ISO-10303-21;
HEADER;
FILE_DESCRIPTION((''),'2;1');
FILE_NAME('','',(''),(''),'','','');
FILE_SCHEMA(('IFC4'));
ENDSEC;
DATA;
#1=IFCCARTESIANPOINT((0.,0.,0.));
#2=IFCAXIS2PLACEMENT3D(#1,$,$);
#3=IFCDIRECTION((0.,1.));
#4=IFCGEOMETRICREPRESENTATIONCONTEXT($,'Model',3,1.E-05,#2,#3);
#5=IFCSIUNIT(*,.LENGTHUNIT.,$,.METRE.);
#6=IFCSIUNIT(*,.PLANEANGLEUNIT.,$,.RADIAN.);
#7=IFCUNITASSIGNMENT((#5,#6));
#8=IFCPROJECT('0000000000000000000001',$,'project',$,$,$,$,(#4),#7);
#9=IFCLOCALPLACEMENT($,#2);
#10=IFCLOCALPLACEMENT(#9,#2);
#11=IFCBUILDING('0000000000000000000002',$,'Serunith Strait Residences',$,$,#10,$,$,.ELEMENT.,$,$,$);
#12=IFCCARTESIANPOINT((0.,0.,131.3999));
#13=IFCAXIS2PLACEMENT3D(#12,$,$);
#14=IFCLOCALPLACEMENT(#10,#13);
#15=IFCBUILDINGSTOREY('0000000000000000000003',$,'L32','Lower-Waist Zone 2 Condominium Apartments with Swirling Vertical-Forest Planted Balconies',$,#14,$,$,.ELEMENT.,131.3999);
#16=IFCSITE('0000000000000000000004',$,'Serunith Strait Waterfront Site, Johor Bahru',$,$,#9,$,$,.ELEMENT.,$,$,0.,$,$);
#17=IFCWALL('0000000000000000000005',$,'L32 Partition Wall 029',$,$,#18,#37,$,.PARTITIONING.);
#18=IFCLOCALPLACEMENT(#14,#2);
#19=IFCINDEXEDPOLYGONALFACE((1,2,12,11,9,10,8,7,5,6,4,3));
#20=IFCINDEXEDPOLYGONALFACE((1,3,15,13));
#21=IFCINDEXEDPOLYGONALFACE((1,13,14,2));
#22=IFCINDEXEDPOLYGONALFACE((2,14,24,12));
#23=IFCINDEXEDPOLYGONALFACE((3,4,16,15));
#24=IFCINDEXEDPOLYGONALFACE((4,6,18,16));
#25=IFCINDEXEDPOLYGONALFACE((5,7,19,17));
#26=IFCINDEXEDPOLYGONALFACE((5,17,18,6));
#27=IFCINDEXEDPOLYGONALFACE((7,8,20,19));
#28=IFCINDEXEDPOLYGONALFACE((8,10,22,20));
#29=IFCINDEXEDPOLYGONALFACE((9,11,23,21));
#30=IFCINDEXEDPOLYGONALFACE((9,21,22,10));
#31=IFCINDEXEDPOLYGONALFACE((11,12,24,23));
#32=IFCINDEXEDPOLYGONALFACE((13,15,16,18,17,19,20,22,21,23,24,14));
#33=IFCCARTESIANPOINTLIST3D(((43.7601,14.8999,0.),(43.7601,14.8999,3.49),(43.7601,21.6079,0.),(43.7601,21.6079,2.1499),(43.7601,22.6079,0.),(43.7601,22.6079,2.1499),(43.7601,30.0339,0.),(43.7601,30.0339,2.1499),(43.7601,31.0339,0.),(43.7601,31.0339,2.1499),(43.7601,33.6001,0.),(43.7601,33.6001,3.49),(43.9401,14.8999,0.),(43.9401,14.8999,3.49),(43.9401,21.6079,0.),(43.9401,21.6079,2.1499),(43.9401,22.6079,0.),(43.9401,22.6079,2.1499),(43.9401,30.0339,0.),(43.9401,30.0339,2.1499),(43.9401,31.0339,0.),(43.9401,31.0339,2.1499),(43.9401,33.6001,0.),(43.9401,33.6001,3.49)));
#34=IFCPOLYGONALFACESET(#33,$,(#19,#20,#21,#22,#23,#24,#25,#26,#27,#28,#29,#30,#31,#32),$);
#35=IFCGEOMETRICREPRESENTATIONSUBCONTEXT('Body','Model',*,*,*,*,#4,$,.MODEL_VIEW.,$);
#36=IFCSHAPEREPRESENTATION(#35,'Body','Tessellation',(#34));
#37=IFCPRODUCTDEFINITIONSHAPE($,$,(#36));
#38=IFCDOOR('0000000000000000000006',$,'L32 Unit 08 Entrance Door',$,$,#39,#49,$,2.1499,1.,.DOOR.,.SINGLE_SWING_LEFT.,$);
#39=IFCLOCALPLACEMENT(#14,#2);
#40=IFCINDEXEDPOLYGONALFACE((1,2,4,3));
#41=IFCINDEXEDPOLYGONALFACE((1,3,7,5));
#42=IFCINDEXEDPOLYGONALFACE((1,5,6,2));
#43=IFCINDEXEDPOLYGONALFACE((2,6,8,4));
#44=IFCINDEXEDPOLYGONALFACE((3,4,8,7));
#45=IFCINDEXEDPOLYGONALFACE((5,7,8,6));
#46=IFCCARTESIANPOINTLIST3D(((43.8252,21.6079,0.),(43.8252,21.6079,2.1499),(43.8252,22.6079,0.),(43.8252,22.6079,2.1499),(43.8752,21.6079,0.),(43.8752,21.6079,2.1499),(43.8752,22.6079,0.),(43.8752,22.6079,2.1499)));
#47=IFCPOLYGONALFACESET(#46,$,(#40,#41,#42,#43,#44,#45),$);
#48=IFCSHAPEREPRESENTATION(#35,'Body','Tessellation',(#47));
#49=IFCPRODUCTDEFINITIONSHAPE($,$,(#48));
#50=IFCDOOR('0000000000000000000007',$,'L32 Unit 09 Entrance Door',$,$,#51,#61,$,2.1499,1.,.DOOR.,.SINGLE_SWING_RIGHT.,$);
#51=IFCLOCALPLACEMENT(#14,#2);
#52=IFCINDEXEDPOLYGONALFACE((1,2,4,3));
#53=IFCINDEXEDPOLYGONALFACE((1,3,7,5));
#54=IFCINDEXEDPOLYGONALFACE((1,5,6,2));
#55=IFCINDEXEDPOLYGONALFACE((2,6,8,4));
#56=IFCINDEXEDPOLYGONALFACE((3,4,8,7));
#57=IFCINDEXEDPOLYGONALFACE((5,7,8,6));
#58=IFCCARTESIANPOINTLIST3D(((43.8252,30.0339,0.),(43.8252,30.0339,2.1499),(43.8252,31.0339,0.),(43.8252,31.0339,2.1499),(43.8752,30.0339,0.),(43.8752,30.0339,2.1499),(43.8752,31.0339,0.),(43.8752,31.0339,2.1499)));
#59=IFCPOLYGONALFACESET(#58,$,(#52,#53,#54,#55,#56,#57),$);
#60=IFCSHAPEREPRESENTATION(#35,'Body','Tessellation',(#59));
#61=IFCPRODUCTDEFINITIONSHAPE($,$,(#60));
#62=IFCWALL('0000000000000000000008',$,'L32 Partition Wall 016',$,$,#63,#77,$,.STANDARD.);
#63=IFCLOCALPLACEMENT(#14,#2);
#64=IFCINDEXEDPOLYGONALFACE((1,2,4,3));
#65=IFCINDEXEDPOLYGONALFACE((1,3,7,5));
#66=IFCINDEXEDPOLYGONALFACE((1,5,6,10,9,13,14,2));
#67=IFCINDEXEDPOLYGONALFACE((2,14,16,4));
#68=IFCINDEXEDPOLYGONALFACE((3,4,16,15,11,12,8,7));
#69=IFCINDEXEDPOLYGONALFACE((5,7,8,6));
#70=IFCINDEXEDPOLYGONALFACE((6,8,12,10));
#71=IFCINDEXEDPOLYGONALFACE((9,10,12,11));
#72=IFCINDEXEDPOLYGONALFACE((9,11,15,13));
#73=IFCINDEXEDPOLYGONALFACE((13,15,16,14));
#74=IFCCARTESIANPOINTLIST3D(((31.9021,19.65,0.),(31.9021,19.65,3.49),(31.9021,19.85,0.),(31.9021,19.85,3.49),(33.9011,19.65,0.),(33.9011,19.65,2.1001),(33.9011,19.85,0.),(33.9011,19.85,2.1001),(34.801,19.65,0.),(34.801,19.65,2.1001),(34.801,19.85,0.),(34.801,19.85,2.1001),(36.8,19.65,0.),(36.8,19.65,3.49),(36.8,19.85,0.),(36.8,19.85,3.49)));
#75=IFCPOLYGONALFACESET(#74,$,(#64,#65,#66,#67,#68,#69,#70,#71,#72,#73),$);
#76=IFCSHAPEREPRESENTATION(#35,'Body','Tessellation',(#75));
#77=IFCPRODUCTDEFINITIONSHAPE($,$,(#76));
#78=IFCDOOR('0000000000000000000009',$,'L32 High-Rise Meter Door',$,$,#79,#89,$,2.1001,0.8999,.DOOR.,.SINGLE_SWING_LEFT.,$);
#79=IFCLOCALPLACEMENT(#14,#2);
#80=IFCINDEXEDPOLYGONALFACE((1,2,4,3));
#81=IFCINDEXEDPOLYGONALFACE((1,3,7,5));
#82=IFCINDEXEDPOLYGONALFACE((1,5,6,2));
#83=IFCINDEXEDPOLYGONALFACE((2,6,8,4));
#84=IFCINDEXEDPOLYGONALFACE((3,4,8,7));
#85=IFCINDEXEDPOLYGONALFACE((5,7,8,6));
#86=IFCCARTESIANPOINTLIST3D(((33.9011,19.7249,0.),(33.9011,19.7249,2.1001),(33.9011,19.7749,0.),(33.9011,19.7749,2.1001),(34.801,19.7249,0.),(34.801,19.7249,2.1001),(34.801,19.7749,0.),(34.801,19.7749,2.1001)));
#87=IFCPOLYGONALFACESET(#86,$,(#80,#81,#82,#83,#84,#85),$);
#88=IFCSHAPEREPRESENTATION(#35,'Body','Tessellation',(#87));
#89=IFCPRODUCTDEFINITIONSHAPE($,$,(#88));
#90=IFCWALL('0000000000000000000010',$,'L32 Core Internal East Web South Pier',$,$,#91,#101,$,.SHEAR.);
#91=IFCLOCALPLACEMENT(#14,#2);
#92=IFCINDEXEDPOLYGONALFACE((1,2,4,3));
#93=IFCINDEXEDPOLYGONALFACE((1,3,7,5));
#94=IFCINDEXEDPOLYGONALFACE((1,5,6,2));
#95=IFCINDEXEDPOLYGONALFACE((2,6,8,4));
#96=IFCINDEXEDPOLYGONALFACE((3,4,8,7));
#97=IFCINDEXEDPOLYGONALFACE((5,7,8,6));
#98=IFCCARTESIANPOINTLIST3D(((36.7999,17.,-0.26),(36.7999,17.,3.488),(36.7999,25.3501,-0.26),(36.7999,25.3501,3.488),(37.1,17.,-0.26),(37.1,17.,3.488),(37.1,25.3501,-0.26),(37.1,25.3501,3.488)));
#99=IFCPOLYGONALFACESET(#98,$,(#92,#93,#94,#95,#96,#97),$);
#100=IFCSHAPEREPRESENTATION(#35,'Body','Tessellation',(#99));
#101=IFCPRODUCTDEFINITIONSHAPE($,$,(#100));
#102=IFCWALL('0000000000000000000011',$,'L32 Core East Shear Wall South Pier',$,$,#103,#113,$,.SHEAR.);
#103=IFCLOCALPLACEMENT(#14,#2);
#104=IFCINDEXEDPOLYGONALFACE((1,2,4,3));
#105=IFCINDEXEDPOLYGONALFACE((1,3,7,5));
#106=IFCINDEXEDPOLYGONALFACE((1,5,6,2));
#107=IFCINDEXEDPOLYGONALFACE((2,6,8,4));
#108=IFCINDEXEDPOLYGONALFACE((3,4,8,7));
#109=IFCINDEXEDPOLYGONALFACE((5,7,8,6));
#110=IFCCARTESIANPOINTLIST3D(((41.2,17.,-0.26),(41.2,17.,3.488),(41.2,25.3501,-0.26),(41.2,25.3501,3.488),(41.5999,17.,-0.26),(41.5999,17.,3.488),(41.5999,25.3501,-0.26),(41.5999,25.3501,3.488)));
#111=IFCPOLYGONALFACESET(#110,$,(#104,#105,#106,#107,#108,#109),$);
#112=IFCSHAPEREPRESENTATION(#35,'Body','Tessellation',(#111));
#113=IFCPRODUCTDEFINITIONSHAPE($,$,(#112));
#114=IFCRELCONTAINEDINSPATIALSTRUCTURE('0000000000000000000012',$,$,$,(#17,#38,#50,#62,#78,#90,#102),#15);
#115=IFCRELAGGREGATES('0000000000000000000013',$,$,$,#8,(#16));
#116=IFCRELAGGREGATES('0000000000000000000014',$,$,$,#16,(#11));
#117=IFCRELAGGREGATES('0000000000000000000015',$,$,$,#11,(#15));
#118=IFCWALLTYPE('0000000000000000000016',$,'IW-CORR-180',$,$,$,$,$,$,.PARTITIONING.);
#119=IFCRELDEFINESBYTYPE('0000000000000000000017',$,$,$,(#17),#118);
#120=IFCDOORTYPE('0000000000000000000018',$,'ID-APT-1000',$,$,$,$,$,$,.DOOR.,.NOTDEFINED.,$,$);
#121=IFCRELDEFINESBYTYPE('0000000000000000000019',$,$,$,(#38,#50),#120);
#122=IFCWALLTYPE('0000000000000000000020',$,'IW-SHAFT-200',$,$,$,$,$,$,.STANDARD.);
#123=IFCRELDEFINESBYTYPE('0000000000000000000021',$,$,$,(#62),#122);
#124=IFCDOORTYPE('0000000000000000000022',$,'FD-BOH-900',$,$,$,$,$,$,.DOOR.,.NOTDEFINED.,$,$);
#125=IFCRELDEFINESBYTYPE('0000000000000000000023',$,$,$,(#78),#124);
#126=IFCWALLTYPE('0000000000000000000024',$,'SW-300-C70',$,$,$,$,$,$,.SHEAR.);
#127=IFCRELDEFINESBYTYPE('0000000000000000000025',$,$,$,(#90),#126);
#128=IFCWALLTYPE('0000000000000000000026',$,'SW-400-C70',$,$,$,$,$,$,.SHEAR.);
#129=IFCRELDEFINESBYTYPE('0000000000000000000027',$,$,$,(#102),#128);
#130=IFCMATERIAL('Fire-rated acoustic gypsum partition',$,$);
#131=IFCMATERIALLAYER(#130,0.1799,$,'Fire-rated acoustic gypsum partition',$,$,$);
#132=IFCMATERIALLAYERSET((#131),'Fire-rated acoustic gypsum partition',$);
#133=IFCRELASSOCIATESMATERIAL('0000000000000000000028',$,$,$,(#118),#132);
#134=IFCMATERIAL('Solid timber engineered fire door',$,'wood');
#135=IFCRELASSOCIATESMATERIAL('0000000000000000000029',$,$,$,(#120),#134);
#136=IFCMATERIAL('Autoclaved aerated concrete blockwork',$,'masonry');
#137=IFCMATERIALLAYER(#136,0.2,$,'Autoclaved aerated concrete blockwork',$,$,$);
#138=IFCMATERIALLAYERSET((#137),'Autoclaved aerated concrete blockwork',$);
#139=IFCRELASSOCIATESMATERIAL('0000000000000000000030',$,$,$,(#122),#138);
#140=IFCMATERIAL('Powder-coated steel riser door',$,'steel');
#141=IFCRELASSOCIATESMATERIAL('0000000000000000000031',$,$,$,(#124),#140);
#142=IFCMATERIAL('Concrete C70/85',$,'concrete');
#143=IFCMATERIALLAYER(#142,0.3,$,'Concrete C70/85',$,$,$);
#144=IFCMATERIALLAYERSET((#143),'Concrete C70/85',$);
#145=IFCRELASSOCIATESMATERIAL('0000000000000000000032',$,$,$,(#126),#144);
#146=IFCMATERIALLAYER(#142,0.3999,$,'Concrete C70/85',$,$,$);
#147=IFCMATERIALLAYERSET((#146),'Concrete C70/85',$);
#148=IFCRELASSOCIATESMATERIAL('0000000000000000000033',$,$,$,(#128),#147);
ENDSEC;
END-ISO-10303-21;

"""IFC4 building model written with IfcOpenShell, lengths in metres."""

from ifc_helpers import new_model, si_unit, direction, frame, frame_2d, origin, place, context, subcontext, project, spatial, rectangle, extrude, source, transform, mapped, material, layer, layer_set, type_object, element, fill, save


model = new_model("IFC4")

# Units and contexts
model_context = context("Model", 3, precision=1e-05, world=origin(), true_north=direction((0.0, 1.0)))
body_context = subcontext(model_context, "Body", "Model", "MODEL_VIEW")
ifc_project = project(units=[si_unit("LENGTHUNIT", "METRE"), si_unit("PLANEANGLEUNIT", "RADIAN")], contexts=[model_context])

# Site, building, storey
site_placement = place(None, origin())
site = spatial("IfcSite", under=ifc_project, at=site_placement, Name="Serunith Strait Waterfront Site, Johor Bahru", CompositionType="ELEMENT", RefElevation=0.0)
building_placement = place(site_placement, origin())
building = spatial("IfcBuilding", under=site, at=building_placement, Name="Serunith Strait Residences", CompositionType="ELEMENT")
storey_placement = place(building_placement, frame((0.0, 0.0, 131.3999)))
storey = spatial("IfcBuildingStorey", under=building, at=storey_placement, Name="L32", Description="Lower-Waist Zone 2 Condominium Apartments with Swirling Vertical-Forest Planted Balconies", CompositionType="ELEMENT", Elevation=131.3999)

# Wall, openings, doors
ifc_material_1 = material(Name="Fire-rated acoustic gypsum partition")
ifc_layer_1 = layer(ifc_material_1, 0.1799, Name="Fire-rated acoustic gypsum partition")
ifc_layer_set_1 = layer_set([ifc_layer_1], Name="Fire-rated acoustic gypsum partition")
wall_type_1 = type_object("IfcWallType", Name="IW-CORR-180", PredefinedType="PARTITIONING", material=ifc_layer_set_1)
wall_1_placement = place(storey_placement, frame((43.8501, 14.8999, 0.0), z_axis=(0.0, 0.0, 1.0), x_axis=(0.0, 1.0, 0.0)))
wall_1 = element("IfcWall", 1, at=wall_1_placement, inside=storey, type_object=wall_type_1, Name="L32 Partition Wall 029", PredefinedType="PARTITIONING", context=body_context, shape_type="SweptSolid", body=[
    extrude(rectangle(XDim=18.7002, YDim=0.1799, at=frame_2d((9.3501, 0.0))), origin(), (0.0, 0.0, 1.0), 3.49),
])
opening_1_placement = place(wall_1_placement, frame((6.708, 0.0, 0.0)))
opening_1 = element("IfcOpeningElement", 2, at=opening_1_placement, cuts=wall_1, PredefinedType="OPENING", context=body_context, shape_type="SweptSolid", body=[
    extrude(rectangle(XDim=1.0, YDim=2.1499, at=frame_2d((0.5, 1.075))), frame((0.0, 0.1001, 0.0), z_axis=(0.0, -1.0, 0.0), x_axis=(1.0, 0.0, 0.0)), (0.0, 0.0, 1.0), 0.2),
])
opening_2_placement = place(wall_1_placement, frame((15.134, 0.0, 0.0)))
opening_2 = element("IfcOpeningElement", 3, at=opening_2_placement, cuts=wall_1, PredefinedType="OPENING", context=body_context, shape_type="SweptSolid", body=[
    extrude(rectangle(XDim=1.0, YDim=2.1499, at=frame_2d((0.5, 1.075))), frame((0.0, 0.1001, 0.0), z_axis=(0.0, -1.0, 0.0), x_axis=(1.0, 0.0, 0.0)), (0.0, 0.0, 1.0), 0.2),
])
ifc_material_2 = material(Name="Solid timber engineered fire door", Category="wood")
door_type_1 = type_object("IfcDoorType", Name="ID-APT-1000", OperationType="NOTDEFINED", PredefinedType="DOOR", material=ifc_material_2)
shared_shape_1 = source(origin(), body_context, "Body", "SweptSolid", [
    extrude(rectangle(XDim=1.0, YDim=2.1499, at=frame_2d((0.5, 1.075))), frame((0.0, 0.0249, 0.0), z_axis=(0.0, -1.0, 0.0), x_axis=(1.0, 0.0, 0.0)), (0.0, 0.0, 1.0), 0.05),
])
door_1_placement = place(opening_1_placement, origin())
door_1 = element("IfcDoor", 4, at=door_1_placement, inside=storey, type_object=door_type_1, Name="L32 Unit 08 Entrance Door", OperationType="SINGLE_SWING_LEFT", OverallHeight=2.1499, OverallWidth=1.0, PredefinedType="DOOR", context=body_context, shape_type="MappedRepresentation", body=[
    mapped(shared_shape_1, transform((0.0, 0.0, 0.0), scale=1.0)),
])
fill(opening_1, door_1)
door_2_placement = place(opening_2_placement, origin())
door_2 = element("IfcDoor", 5, at=door_2_placement, inside=storey, type_object=door_type_1, Name="L32 Unit 09 Entrance Door", OperationType="SINGLE_SWING_RIGHT", OverallHeight=2.1499, OverallWidth=1.0, PredefinedType="DOOR", context=body_context, shape_type="MappedRepresentation", body=[
    mapped(shared_shape_1, transform((0.0, 0.0, 0.0), scale=1.0)),
])
fill(opening_2, door_2)

# Wall, opening, door
ifc_material_3 = material(Name="Autoclaved aerated concrete blockwork", Category="masonry")
ifc_layer_2 = layer(ifc_material_3, 0.2, Name="Autoclaved aerated concrete blockwork")
ifc_layer_set_2 = layer_set([ifc_layer_2], Name="Autoclaved aerated concrete blockwork")
wall_type_2 = type_object("IfcWallType", Name="IW-SHAFT-200", PredefinedType="STANDARD", material=ifc_layer_set_2)
wall_2_placement = place(storey_placement, frame((31.9021, 19.75, 0.0), z_axis=(0.0, 0.0, 1.0), x_axis=(1.0, 0.0, 0.0)))
wall_2 = element("IfcWall", 6, at=wall_2_placement, inside=storey, type_object=wall_type_2, Name="L32 Partition Wall 016", PredefinedType="STANDARD", context=body_context, shape_type="SweptSolid", body=[
    extrude(rectangle(XDim=4.8979, YDim=0.2, at=frame_2d((2.449, 0.0))), origin(), (0.0, 0.0, 1.0), 3.49),
])
opening_3_placement = place(wall_2_placement, frame((1.999, 0.0, 0.0)))
opening_3 = element("IfcOpeningElement", 7, at=opening_3_placement, cuts=wall_2, PredefinedType="OPENING", context=body_context, shape_type="SweptSolid", body=[
    extrude(rectangle(XDim=0.8999, YDim=2.1001, at=frame_2d((0.45, 1.05))), frame((0.0, 0.1099, 0.0), z_axis=(0.0, -1.0, 0.0), x_axis=(1.0, 0.0, 0.0)), (0.0, 0.0, 1.0), 0.22),
])
ifc_material_4 = material(Name="Powder-coated steel riser door", Category="steel")
door_type_2 = type_object("IfcDoorType", Name="FD-BOH-900", OperationType="NOTDEFINED", PredefinedType="DOOR", material=ifc_material_4)
shared_shape_2 = source(origin(), body_context, "Body", "SweptSolid", [
    extrude(rectangle(XDim=0.8999, YDim=2.1001, at=frame_2d((0.45, 1.05))), frame((0.0, 0.0249, 0.0), z_axis=(0.0, -1.0, 0.0), x_axis=(1.0, 0.0, 0.0)), (0.0, 0.0, 1.0), 0.05),
])
door_3_placement = place(opening_3_placement, origin())
door_3 = element("IfcDoor", 8, at=door_3_placement, inside=storey, type_object=door_type_2, Name="L32 High-Rise Meter Door", OperationType="SINGLE_SWING_LEFT", OverallHeight=2.1001, OverallWidth=0.8999, PredefinedType="DOOR", context=body_context, shape_type="MappedRepresentation", body=[
    mapped(shared_shape_2, transform((0.0, 0.0, 0.0), scale=1.0)),
])
fill(opening_3, door_3)

# Walls
ifc_material_5 = material(Name="Concrete C70/85", Category="concrete")
ifc_layer_3 = layer(ifc_material_5, 0.3, Name="Concrete C70/85")
ifc_layer_set_3 = layer_set([ifc_layer_3], Name="Concrete C70/85")
wall_type_3 = type_object("IfcWallType", Name="SW-300-C70", PredefinedType="SHEAR", material=ifc_layer_set_3)
wall_3_placement = place(storey_placement, frame((36.95, 17.0, -0.26), z_axis=(0.0, 0.0, 1.0), x_axis=(0.0, 1.0, 0.0)))
element("IfcWall", 9, at=wall_3_placement, inside=storey, type_object=wall_type_3, Name="L32 Core Internal East Web South Pier", PredefinedType="SHEAR", context=body_context, shape_type="SweptSolid", body=[
    extrude(rectangle(XDim=8.3501, YDim=0.3, at=frame_2d((4.175, 0.0))), origin(), (0.0, 0.0, 1.0), 3.748),
])
ifc_layer_4 = layer(ifc_material_5, 0.3999, Name="Concrete C70/85")
ifc_layer_set_4 = layer_set([ifc_layer_4], Name="Concrete C70/85")
wall_type_4 = type_object("IfcWallType", Name="SW-400-C70", PredefinedType="SHEAR", material=ifc_layer_set_4)
wall_4_placement = place(storey_placement, frame((41.3999, 17.0, -0.26), z_axis=(0.0, 0.0, 1.0), x_axis=(0.0, 1.0, 0.0)))
element("IfcWall", 10, at=wall_4_placement, inside=storey, type_object=wall_type_4, Name="L32 Core East Shear Wall South Pier", PredefinedType="SHEAR", context=body_context, shape_type="SweptSolid", body=[
    extrude(rectangle(XDim=8.3501, YDim=0.3999, at=frame_2d((4.175, 0.0))), origin(), (0.0, 0.0, 1.0), 3.748),
])

save(model, "model.ifc")
